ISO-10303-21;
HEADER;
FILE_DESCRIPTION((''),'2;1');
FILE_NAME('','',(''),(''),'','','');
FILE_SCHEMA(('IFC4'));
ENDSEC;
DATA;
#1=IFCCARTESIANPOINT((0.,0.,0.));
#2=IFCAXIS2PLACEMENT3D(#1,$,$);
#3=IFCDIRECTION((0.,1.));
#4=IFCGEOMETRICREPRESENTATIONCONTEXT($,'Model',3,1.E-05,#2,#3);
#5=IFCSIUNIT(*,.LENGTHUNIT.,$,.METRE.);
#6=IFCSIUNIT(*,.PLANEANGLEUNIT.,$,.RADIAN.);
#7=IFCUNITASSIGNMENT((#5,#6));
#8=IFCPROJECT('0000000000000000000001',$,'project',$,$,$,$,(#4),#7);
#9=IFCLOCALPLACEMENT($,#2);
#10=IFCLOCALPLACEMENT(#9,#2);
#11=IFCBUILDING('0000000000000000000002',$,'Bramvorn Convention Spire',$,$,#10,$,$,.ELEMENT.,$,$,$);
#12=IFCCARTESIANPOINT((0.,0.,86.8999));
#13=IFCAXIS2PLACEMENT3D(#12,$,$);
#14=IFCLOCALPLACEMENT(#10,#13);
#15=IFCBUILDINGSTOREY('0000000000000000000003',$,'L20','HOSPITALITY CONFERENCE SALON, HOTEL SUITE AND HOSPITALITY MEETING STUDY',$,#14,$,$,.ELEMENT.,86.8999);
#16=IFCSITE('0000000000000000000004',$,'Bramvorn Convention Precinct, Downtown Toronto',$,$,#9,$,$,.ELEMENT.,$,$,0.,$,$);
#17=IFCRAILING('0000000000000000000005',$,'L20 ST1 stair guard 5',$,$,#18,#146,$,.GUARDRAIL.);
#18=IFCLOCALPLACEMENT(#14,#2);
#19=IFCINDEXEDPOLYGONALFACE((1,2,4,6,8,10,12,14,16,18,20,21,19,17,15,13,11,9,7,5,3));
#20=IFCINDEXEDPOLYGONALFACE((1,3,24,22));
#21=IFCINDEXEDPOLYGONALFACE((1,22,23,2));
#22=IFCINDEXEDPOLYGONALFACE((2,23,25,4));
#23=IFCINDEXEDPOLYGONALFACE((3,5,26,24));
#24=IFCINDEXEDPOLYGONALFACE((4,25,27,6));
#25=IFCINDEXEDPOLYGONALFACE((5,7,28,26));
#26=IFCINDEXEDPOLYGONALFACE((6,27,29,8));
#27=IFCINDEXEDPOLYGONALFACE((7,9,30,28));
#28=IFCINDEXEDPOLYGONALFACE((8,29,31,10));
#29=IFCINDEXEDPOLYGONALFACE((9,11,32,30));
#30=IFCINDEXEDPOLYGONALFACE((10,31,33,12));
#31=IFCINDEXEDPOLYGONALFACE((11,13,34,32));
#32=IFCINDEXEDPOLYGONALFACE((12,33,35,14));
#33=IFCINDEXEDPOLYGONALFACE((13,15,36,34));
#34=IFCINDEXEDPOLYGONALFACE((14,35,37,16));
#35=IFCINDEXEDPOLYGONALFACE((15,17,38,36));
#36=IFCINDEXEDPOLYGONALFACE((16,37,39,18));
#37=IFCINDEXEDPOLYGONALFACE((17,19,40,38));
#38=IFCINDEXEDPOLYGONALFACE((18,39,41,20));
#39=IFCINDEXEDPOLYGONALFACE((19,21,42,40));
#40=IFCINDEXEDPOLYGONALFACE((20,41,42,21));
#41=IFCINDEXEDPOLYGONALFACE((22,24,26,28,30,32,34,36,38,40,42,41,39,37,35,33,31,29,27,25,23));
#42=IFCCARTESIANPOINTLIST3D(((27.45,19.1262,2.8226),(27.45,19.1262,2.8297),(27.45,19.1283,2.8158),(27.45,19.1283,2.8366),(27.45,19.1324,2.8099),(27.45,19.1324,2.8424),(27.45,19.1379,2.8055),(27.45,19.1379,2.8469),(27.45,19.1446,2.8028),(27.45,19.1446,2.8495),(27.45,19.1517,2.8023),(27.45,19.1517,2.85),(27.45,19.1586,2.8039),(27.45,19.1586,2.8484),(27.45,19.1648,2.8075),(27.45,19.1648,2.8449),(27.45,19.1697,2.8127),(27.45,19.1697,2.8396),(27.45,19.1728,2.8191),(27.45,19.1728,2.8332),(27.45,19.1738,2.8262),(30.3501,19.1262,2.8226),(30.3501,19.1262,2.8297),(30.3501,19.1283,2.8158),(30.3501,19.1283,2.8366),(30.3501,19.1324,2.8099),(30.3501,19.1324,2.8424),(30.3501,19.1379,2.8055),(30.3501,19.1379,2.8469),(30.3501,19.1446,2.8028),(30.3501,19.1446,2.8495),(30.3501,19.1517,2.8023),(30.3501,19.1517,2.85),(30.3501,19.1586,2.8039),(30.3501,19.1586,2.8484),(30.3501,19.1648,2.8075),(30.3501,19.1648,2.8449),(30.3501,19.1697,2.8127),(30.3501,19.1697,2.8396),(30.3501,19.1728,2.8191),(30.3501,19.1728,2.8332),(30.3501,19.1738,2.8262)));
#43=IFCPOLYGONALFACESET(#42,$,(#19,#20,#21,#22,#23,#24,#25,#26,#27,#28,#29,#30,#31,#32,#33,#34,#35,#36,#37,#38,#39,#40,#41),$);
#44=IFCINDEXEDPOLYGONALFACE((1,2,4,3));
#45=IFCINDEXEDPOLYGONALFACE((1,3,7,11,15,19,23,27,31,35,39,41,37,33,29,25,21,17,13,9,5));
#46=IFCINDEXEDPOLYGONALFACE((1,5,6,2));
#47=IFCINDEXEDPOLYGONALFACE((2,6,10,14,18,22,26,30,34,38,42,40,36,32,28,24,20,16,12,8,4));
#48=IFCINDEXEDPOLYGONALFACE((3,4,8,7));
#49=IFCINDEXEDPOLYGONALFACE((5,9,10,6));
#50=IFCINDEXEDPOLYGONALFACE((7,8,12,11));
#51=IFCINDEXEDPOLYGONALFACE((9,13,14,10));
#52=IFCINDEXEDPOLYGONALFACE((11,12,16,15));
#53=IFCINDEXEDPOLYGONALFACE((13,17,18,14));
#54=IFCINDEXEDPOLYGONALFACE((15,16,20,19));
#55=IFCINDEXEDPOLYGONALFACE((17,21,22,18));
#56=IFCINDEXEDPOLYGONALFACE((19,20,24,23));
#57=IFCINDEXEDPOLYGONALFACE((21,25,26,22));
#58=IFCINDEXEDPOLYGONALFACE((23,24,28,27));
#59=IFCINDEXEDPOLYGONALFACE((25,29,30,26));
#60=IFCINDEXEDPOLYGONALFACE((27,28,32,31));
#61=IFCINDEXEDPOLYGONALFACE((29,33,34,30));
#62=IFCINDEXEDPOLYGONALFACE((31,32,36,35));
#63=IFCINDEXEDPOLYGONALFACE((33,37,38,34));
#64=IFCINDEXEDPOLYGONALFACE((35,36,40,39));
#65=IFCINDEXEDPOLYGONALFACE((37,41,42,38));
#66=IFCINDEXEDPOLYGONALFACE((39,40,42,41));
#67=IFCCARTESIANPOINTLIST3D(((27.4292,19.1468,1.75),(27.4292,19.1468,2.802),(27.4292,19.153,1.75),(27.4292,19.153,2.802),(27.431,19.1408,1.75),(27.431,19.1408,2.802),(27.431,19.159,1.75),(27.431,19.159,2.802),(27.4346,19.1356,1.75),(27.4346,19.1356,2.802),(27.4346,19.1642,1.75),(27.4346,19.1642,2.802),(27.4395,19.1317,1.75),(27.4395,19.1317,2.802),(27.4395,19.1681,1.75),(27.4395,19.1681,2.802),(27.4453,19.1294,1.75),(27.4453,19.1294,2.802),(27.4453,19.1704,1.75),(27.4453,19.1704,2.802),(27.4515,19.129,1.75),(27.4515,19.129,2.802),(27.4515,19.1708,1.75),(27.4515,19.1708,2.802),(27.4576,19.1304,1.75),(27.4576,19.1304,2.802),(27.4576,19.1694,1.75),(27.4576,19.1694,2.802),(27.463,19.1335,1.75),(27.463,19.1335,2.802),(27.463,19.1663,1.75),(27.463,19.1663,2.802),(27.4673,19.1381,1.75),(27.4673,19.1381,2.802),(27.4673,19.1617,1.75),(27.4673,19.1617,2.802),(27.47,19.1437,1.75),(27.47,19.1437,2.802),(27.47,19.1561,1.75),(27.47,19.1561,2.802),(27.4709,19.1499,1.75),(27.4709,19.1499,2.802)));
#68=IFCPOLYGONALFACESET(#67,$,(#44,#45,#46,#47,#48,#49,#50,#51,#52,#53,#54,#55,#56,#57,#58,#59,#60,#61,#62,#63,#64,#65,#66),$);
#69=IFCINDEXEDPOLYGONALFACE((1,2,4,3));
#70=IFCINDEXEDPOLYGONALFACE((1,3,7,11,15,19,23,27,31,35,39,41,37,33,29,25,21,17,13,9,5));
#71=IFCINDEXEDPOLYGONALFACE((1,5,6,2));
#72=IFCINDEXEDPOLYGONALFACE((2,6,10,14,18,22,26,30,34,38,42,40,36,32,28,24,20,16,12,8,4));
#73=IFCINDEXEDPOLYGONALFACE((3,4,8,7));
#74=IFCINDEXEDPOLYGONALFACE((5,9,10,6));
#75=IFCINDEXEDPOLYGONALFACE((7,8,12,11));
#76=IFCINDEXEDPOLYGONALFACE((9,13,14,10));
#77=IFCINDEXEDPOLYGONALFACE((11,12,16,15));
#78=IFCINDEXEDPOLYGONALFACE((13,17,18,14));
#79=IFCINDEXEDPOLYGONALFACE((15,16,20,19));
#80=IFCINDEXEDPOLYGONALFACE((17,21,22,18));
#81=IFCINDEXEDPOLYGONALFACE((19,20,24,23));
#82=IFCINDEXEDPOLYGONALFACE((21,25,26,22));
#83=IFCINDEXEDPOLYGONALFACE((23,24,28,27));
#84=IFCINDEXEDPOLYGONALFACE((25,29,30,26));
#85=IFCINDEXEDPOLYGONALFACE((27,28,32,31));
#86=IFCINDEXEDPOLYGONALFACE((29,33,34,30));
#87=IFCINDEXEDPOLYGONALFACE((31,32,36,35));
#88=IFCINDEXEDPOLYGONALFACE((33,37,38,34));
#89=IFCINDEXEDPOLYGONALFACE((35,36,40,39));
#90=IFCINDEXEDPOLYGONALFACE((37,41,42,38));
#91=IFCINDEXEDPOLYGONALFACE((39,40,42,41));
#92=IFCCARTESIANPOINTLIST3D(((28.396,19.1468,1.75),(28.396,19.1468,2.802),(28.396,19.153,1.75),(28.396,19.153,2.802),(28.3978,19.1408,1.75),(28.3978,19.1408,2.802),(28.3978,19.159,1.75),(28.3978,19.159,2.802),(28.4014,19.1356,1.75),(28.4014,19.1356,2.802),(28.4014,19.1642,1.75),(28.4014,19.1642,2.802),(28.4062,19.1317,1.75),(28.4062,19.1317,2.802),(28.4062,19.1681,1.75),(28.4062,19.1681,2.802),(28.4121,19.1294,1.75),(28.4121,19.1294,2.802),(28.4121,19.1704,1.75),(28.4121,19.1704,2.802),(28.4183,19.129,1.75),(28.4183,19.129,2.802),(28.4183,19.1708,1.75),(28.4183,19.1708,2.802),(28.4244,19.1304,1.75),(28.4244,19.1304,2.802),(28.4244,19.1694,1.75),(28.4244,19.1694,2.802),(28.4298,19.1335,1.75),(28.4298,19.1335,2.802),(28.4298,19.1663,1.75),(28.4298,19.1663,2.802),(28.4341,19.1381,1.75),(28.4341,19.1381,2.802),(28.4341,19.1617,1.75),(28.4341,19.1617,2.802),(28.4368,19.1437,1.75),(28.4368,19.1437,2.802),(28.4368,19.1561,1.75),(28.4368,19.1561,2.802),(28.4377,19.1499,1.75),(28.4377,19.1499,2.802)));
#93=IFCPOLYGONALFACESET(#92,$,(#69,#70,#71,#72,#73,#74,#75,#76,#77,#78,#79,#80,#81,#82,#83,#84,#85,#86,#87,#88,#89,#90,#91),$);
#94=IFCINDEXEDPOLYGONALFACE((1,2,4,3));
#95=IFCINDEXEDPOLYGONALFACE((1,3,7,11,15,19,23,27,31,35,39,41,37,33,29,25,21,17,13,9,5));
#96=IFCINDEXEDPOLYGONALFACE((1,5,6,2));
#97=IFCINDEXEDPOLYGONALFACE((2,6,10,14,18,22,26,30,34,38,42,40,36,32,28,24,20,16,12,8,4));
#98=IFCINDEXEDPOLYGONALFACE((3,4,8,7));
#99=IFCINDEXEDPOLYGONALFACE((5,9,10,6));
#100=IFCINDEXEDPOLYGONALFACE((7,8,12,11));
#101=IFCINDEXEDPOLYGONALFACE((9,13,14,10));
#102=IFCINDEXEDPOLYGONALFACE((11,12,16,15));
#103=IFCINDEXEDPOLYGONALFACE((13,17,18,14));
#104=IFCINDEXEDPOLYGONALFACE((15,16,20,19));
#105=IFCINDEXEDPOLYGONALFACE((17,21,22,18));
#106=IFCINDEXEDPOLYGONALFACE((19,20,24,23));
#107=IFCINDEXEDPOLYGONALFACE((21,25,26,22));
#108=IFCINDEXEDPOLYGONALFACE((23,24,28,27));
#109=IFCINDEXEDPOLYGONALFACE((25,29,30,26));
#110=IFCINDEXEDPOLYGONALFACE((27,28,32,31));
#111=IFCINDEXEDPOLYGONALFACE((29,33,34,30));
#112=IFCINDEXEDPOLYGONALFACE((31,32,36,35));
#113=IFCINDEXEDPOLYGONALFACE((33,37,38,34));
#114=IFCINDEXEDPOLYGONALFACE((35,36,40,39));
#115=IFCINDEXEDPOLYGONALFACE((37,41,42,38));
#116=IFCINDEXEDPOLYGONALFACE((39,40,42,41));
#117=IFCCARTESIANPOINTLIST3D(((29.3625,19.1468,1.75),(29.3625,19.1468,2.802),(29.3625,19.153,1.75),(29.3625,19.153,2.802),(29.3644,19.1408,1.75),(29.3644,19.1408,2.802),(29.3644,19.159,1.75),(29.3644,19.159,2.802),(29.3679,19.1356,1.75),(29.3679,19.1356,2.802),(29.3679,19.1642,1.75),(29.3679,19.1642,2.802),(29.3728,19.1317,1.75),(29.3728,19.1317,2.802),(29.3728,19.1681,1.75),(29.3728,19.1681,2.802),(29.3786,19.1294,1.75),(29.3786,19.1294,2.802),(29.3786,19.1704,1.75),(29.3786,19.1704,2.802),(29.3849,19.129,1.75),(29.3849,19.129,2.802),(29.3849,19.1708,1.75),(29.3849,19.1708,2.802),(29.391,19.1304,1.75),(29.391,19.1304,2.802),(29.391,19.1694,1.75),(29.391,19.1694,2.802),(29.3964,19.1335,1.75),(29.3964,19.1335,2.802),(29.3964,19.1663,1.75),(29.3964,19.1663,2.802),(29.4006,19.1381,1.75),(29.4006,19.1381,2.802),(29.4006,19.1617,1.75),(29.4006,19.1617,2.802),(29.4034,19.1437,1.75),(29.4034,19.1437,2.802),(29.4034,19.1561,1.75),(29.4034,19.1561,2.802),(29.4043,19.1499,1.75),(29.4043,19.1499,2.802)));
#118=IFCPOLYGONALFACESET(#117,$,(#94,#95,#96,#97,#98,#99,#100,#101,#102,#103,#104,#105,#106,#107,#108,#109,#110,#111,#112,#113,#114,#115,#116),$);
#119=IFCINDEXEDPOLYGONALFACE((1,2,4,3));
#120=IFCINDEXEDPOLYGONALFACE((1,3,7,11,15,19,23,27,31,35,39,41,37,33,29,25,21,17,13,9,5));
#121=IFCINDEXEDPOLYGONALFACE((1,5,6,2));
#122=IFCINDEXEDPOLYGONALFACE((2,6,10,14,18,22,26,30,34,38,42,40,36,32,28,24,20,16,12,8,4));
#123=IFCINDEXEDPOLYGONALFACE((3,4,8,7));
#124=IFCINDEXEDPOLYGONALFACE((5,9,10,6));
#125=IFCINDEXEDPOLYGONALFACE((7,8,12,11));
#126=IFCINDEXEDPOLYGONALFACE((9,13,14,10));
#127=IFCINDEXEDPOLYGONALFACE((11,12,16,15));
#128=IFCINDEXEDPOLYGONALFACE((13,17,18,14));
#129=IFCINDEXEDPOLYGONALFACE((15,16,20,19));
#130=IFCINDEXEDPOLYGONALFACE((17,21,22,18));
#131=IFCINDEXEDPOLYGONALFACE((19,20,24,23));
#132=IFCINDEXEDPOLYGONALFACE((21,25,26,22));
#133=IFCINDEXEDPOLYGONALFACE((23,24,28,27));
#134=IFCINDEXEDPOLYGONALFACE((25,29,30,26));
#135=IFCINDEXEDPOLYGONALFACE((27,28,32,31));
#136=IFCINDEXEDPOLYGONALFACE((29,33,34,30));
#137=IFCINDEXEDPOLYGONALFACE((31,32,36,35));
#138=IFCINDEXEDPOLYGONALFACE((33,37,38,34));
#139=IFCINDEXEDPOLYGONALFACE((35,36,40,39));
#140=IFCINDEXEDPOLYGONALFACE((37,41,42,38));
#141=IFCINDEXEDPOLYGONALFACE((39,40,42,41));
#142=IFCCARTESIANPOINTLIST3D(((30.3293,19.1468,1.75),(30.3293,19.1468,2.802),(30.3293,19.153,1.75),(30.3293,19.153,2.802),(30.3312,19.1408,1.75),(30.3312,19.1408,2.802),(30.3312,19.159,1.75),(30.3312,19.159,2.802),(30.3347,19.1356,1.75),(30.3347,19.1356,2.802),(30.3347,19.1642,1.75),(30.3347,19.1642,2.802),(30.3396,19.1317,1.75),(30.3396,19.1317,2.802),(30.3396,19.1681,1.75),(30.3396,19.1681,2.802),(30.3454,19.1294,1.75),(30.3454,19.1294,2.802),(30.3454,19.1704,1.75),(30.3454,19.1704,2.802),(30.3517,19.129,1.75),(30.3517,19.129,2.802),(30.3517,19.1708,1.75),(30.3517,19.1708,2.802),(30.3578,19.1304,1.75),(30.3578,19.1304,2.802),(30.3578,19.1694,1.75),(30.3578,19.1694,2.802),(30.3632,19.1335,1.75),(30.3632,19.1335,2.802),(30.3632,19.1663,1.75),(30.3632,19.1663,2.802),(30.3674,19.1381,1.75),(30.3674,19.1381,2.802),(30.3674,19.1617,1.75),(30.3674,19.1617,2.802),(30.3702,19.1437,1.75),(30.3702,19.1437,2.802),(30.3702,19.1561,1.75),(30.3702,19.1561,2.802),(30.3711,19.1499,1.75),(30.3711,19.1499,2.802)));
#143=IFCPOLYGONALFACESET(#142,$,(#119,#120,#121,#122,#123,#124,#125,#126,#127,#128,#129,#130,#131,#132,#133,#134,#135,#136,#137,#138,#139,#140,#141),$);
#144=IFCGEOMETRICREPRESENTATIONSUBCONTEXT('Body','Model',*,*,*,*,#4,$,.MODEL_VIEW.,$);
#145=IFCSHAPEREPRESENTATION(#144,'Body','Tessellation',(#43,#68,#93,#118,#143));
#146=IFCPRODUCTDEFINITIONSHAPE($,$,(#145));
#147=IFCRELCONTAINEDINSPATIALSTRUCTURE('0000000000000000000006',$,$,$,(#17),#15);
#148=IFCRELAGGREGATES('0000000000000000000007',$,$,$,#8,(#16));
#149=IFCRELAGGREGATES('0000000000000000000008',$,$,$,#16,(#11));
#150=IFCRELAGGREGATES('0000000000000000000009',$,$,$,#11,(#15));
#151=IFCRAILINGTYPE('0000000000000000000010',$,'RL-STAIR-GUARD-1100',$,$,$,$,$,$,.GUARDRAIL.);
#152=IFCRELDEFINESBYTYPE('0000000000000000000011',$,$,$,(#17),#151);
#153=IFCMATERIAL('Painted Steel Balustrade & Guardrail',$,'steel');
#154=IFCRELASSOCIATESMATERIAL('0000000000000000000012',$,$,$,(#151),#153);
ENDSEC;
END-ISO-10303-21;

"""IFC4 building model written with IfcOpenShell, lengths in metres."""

from ifc_helpers import new_model, si_unit, direction, frame, origin, origin_2d, place, context, subcontext, project, spatial, circle, extrude, material, type_object, element, save


model = new_model("IFC4")

# Units and contexts
model_context = context("Model", 3, precision=1e-05, world=origin(), true_north=direction((0.0, 1.0)))
body_context = subcontext(model_context, "Body", "Model", "MODEL_VIEW")
ifc_project = project(units=[si_unit("LENGTHUNIT", "METRE"), si_unit("PLANEANGLEUNIT", "RADIAN")], contexts=[model_context])

# Site, building, storey
site_placement = place(None, origin())
site = spatial("IfcSite", under=ifc_project, at=site_placement, Name="Bramvorn Convention Precinct, Downtown Toronto", CompositionType="ELEMENT", RefElevation=0.0)
building_placement = place(site_placement, origin())
building = spatial("IfcBuilding", under=site, at=building_placement, Name="Bramvorn Convention Spire", CompositionType="ELEMENT")
storey_placement = place(building_placement, frame((0.0, 0.0, 86.8999)))
storey = spatial("IfcBuildingStorey", under=building, at=storey_placement, Name="L20", Description="HOSPITALITY CONFERENCE SALON, HOTEL SUITE AND HOSPITALITY MEETING STUDY", CompositionType="ELEMENT", Elevation=86.8999)

# Railing
ifc_material_1 = material(Name="Painted Steel Balustrade & Guardrail", Category="steel")
railing_type = type_object("IfcRailingType", Name="RL-STAIR-GUARD-1100", PredefinedType="GUARDRAIL", material=ifc_material_1)
railing_1_placement = place(storey_placement, frame((27.45, 19.1499, 1.75)))
element("IfcRailing", 1, at=railing_1_placement, inside=storey, type_object=railing_type, Name="L20 ST1 stair guard 5", PredefinedType="GUARDRAIL", context=body_context, shape_type="SweptSolid", body=[
    extrude(circle(Radius=0.0239, at=origin_2d()), frame((0.0, 0.0, 1.0762), z_axis=(1.0, 0.0, 0.0), x_axis=(0.0, 1.0, 0.0)), (0.0, 0.0, 1.0), 2.9001),
    extrude(circle(Radius=0.021, at=origin_2d()), origin(), (0.0, 0.0, 1.0), 1.052),
    extrude(circle(Radius=0.021, at=origin_2d()), frame((0.9668, 0.0, 0.0)), (0.0, 0.0, 1.0), 1.052),
    extrude(circle(Radius=0.021, at=origin_2d()), frame((1.9333, 0.0, 0.0)), (0.0, 0.0, 1.0), 1.052),
    extrude(circle(Radius=0.021, at=origin_2d()), frame((2.9001, 0.0, 0.0)), (0.0, 0.0, 1.0), 1.052),
])

save(model, "model.ifc")
